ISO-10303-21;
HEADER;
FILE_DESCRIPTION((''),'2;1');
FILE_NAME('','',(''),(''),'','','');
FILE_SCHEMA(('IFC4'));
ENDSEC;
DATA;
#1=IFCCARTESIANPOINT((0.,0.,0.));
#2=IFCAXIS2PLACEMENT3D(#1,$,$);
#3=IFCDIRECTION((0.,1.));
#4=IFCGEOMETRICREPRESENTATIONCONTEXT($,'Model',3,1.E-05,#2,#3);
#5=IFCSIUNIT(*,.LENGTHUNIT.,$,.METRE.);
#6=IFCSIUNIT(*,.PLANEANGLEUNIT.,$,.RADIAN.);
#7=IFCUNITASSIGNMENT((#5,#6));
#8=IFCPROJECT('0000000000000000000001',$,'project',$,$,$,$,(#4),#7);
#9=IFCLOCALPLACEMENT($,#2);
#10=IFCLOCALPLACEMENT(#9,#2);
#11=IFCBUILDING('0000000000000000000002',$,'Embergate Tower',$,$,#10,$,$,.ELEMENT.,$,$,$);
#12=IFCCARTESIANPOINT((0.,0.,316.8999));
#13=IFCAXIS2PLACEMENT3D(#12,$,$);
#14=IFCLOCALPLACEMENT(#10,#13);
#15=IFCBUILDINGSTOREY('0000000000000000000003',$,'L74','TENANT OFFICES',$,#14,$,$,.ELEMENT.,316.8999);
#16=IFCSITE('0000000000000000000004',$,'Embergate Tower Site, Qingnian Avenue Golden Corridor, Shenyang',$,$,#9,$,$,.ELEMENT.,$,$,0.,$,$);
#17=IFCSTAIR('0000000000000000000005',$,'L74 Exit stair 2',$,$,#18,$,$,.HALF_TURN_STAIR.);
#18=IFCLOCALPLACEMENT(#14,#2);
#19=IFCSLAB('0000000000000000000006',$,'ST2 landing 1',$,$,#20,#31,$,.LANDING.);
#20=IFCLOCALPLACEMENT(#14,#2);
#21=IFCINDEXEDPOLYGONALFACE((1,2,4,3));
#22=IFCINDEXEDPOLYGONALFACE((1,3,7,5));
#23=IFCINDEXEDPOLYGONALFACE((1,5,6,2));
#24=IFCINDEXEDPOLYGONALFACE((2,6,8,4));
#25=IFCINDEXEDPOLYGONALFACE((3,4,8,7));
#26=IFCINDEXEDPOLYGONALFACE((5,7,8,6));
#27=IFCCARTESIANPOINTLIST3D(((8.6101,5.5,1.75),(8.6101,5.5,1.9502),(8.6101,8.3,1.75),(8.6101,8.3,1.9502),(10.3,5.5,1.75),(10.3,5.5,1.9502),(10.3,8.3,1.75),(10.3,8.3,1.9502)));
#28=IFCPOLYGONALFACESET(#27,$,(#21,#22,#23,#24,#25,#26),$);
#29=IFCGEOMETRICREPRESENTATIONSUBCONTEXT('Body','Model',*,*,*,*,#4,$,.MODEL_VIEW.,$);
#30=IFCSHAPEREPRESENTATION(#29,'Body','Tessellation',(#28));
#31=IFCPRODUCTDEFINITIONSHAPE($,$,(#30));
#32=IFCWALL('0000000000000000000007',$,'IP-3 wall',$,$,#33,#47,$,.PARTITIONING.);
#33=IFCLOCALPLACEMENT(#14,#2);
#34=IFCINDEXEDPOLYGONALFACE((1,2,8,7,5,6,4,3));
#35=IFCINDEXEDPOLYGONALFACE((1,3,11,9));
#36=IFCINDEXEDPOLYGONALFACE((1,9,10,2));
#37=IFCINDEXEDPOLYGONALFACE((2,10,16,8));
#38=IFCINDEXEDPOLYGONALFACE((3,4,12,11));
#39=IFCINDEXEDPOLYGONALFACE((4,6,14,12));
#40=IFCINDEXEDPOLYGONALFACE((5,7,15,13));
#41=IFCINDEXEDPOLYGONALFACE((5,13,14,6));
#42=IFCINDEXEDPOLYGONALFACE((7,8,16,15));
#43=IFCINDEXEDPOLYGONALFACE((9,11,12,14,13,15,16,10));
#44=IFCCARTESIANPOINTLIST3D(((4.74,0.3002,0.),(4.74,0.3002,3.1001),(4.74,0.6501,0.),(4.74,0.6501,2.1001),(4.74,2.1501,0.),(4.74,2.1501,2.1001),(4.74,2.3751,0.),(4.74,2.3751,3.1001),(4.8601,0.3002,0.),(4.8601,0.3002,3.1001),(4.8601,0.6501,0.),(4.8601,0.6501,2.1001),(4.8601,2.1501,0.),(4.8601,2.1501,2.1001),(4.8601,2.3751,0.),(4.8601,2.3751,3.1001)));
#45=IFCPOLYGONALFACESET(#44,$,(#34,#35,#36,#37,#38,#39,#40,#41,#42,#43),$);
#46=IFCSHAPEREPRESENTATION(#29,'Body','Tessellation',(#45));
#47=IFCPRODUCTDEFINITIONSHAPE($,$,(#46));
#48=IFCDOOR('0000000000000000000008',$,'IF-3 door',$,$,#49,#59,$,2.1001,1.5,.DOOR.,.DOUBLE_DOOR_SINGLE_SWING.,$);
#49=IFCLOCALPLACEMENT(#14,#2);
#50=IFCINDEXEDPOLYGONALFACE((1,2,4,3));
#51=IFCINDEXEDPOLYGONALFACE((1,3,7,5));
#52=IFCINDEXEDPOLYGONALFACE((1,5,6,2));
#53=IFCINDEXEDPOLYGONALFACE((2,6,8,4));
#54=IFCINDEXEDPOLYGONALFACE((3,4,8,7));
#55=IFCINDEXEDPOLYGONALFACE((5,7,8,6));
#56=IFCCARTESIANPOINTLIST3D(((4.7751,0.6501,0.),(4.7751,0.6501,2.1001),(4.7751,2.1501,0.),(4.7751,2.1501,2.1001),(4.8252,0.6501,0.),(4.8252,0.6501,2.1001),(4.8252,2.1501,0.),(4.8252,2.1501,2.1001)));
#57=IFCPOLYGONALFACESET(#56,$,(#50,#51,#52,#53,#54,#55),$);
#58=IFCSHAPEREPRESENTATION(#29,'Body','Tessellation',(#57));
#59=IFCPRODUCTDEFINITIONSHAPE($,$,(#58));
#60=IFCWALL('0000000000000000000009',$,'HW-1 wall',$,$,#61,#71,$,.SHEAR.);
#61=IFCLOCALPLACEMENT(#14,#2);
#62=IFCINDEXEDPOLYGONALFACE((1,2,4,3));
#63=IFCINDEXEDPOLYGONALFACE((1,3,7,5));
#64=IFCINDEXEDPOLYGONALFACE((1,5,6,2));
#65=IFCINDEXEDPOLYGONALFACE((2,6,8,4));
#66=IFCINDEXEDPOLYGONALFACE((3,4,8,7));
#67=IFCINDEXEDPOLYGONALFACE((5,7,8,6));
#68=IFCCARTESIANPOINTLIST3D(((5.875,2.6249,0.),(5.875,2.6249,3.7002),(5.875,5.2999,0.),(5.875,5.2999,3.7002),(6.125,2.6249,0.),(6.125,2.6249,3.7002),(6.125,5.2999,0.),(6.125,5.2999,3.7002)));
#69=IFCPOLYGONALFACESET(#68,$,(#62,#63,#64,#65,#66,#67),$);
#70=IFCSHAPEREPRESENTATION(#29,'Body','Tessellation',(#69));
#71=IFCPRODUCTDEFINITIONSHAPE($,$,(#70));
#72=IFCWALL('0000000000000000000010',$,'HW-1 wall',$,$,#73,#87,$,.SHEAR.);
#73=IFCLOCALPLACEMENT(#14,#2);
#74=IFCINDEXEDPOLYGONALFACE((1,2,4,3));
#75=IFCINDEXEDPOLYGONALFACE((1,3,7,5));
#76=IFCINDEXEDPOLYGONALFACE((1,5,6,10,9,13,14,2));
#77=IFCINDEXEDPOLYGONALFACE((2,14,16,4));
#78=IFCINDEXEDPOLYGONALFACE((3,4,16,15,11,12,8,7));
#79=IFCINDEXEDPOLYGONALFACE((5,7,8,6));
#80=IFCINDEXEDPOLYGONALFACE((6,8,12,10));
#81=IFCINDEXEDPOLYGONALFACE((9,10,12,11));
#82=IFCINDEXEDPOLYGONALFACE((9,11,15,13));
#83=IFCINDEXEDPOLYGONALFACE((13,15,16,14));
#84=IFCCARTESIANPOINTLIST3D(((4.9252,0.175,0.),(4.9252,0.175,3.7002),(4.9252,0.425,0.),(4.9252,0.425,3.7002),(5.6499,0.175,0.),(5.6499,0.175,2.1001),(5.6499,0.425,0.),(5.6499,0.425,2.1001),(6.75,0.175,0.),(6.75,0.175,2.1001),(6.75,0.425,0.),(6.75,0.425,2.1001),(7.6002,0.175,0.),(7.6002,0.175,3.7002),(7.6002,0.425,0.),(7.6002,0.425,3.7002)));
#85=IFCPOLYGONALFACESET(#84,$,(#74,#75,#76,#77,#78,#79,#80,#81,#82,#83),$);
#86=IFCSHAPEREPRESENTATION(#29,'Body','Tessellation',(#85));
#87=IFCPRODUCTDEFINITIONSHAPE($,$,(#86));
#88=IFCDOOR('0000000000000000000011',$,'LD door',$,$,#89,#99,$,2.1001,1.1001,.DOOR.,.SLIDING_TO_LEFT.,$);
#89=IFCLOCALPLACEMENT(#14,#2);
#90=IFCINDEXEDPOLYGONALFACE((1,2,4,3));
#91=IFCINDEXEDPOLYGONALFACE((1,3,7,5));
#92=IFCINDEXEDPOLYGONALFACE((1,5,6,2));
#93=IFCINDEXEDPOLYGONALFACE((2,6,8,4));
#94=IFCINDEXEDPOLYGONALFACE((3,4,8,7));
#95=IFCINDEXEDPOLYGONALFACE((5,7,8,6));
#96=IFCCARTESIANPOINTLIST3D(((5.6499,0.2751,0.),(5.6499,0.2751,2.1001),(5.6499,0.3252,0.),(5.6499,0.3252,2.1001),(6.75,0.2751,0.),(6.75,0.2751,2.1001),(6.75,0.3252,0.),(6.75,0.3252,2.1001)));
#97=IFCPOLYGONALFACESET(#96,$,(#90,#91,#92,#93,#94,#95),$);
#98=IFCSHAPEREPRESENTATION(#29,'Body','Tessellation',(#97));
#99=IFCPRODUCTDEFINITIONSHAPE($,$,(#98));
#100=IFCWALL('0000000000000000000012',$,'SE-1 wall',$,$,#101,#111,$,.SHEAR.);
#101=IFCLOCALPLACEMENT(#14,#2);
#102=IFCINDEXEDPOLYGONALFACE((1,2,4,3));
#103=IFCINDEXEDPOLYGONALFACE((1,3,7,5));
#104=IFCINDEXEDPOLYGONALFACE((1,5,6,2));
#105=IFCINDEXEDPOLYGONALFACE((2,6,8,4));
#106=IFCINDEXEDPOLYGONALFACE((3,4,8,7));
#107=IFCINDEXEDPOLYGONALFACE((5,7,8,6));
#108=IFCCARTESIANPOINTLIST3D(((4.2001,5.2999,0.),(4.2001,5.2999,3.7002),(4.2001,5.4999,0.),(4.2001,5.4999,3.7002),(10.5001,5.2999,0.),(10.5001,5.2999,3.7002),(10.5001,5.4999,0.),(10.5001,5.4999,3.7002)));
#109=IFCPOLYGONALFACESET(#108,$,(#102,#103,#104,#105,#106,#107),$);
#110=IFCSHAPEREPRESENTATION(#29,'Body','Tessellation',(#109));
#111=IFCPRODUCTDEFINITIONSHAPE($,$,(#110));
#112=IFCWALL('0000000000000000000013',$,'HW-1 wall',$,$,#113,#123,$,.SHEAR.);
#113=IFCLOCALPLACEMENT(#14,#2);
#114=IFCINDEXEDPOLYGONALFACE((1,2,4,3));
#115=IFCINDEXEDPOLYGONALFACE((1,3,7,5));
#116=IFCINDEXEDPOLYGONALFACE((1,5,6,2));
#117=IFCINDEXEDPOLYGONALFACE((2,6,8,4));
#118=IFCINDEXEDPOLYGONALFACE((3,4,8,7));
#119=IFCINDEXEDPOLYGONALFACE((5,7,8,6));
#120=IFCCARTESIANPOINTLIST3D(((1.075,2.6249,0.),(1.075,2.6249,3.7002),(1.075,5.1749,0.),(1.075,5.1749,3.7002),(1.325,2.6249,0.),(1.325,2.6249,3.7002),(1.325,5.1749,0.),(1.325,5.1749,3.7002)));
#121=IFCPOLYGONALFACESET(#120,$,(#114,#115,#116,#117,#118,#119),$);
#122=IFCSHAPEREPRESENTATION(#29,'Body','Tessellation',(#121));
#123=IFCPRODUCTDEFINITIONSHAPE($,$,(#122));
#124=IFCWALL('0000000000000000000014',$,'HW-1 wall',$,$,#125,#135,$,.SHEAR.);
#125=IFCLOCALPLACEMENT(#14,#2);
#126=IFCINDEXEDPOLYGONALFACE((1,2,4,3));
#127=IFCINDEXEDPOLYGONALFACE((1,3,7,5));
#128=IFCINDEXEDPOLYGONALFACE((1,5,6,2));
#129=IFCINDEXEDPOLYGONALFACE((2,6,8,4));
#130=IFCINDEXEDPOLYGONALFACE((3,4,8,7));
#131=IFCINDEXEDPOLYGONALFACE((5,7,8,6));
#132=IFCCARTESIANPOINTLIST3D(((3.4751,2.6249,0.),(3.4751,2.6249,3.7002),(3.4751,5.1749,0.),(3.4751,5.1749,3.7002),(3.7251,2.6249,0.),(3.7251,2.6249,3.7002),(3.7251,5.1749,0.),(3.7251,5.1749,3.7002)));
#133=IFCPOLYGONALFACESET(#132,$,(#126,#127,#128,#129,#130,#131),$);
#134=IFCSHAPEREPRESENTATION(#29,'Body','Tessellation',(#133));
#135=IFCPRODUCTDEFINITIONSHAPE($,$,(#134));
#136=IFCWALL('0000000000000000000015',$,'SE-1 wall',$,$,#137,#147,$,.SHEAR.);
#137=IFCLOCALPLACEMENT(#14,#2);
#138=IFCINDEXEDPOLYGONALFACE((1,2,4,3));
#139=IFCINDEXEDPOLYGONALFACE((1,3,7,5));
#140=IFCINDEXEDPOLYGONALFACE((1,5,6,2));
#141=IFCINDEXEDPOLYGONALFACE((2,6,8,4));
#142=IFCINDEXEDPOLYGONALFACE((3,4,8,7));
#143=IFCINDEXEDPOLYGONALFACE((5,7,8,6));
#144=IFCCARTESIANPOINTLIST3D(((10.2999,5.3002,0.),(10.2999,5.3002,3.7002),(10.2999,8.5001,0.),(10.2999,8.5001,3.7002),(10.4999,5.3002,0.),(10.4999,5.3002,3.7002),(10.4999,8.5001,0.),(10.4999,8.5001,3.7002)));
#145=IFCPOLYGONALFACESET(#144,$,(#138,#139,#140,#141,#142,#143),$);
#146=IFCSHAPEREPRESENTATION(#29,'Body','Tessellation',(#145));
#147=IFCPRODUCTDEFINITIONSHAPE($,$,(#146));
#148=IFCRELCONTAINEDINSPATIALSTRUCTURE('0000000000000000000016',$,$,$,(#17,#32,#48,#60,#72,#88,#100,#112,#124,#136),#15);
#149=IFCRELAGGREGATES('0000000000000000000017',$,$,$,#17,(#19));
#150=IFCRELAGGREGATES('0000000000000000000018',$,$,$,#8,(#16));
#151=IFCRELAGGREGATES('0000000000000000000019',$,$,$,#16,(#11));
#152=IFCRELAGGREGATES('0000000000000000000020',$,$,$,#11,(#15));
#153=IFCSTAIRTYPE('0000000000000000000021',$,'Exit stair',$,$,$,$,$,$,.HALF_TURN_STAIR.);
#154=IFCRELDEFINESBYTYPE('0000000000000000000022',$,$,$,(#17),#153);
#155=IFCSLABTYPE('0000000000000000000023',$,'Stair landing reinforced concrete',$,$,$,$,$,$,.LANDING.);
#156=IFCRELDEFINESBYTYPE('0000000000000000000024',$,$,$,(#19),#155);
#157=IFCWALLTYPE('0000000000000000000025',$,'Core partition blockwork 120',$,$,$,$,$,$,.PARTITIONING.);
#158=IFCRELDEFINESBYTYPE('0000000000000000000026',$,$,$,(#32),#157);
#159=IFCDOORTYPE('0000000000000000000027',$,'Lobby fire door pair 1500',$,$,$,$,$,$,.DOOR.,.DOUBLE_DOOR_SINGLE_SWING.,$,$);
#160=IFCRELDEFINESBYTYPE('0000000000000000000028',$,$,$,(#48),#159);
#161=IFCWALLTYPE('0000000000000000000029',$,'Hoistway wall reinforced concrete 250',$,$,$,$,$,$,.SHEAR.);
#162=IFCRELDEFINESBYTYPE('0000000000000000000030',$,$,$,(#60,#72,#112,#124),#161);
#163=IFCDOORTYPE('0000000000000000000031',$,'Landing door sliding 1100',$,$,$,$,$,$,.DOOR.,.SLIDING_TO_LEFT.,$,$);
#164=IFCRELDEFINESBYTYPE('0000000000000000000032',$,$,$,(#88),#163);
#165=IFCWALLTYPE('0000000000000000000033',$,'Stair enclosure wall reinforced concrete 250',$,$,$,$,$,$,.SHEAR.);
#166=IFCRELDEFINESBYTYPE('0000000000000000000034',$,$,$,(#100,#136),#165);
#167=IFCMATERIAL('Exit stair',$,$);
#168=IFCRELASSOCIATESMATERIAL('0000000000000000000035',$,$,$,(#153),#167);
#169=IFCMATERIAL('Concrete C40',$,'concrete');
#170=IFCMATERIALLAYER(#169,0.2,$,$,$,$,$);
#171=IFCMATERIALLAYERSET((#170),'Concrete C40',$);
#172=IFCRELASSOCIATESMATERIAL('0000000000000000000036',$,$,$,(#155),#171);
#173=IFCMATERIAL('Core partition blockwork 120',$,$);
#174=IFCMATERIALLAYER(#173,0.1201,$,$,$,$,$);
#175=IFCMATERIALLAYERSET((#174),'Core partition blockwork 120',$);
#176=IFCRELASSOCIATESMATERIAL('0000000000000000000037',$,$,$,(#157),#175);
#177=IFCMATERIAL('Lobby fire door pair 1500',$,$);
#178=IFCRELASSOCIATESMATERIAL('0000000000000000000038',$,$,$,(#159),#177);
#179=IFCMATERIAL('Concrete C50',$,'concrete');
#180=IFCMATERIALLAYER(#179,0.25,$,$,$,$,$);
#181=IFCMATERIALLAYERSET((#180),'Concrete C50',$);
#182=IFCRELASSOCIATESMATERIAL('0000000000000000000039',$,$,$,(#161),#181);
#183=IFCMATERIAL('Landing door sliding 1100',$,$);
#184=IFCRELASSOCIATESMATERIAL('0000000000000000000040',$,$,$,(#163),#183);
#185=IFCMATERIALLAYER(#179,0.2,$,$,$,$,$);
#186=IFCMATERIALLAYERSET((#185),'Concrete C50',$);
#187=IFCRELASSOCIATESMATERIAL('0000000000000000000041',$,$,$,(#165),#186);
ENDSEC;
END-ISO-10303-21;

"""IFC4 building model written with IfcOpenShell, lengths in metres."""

from ifc_helpers import new_model, si_unit, direction, frame, frame_2d, origin, place, context, subcontext, project, spatial, polyline, rectangle, outline, extrude, source, transform, mapped, material, layer, layer_set, type_object, element, fill, aggregate, save


model = new_model("IFC4")

# Units and contexts
model_context = context("Model", 3, precision=1e-05, world=origin(), true_north=direction((0.0, 1.0)))
body_context = subcontext(model_context, "Body", "Model", "MODEL_VIEW")
ifc_project = project(units=[si_unit("LENGTHUNIT", "METRE"), si_unit("PLANEANGLEUNIT", "RADIAN")], contexts=[model_context])

# Site, building, storey
site_placement = place(None, origin())
site = spatial("IfcSite", under=ifc_project, at=site_placement, Name="Embergate Tower Site, Qingnian Avenue Golden Corridor, Shenyang", CompositionType="ELEMENT", RefElevation=0.0)
building_placement = place(site_placement, origin())
building = spatial("IfcBuilding", under=site, at=building_placement, Name="Embergate Tower", CompositionType="ELEMENT")
storey_placement = place(building_placement, frame((0.0, 0.0, 316.8999)))
storey = spatial("IfcBuildingStorey", under=building, at=storey_placement, Name="L74", Description="TENANT OFFICES", CompositionType="ELEMENT", Elevation=316.8999)

# Stair, slab
ifc_material_1 = material(Name="Exit stair")
stair_type = type_object("IfcStairType", Name="Exit stair", PredefinedType="HALF_TURN_STAIR", material=ifc_material_1)
stair_placement = place(storey_placement, origin())
stair = element("IfcStair", 1, at=stair_placement, inside=storey, type_object=stair_type, Name="L74 Exit stair 2", PredefinedType="HALF_TURN_STAIR")
ifc_material_2 = material(Name="Concrete C40", Category="concrete")
ifc_layer_1 = layer(ifc_material_2, 0.2)
ifc_layer_set_1 = layer_set([ifc_layer_1], Name="Concrete C40")
slab_type = type_object("IfcSlabType", Name="Stair landing reinforced concrete", PredefinedType="LANDING", material=ifc_layer_set_1)
shared_shape_1 = source(origin(), body_context, "Body", "SweptSolid", [
    extrude(outline(polyline([(0.0, 0.0), (1.6899, 0.0), (1.6899, 2.8), (0.0, 2.8), (0.0, 0.0)])), origin(), (0.0, 0.0, 1.0), 0.2002),
])
slab_placement = place(storey_placement, frame((8.6101, 5.5, 1.75)))
slab = element("IfcSlab", 2, at=slab_placement, type_object=slab_type, Name="ST2 landing 1", PredefinedType="LANDING", context=body_context, shape_type="MappedRepresentation", body=[
    mapped(shared_shape_1, transform((0.0, 0.0, 0.0))),
])
aggregate(stair, [slab])

# Wall, opening, door
ifc_material_3 = material(Name="Core partition blockwork 120")
ifc_layer_2 = layer(ifc_material_3, 0.1201)
ifc_layer_set_2 = layer_set([ifc_layer_2], Name="Core partition blockwork 120")
wall_type_1 = type_object("IfcWallType", Name="Core partition blockwork 120", PredefinedType="PARTITIONING", material=ifc_layer_set_2)
shared_shape_2 = source(origin(), body_context, "Body", "SweptSolid", [
    extrude(rectangle(XDim=2.075, YDim=0.1201, at=frame_2d((1.0376, 0.0))), origin(), (0.0, 0.0, 1.0), 3.1001),
])
wall_1_placement = place(storey_placement, frame((4.8, 0.3, 0.0), z_axis=(0.0, 0.0, 1.0), x_axis=(0.0, 1.0, 0.0)))
wall_1 = element("IfcWall", 3, at=wall_1_placement, inside=storey, type_object=wall_type_1, Name="IP-3 wall", PredefinedType="PARTITIONING", context=body_context, shape_type="MappedRepresentation", body=[
    mapped(shared_shape_2, transform((0.0, 0.0, 0.0))),
])
shared_shape_3 = source(origin(), body_context, "Body", "SweptSolid", [
    extrude(rectangle(XDim=1.5, YDim=2.1001, at=frame_2d((0.75, 1.05))), frame((0.0, 0.0701, 0.0), z_axis=(0.0, -1.0, 0.0), x_axis=(1.0, 0.0, 0.0)), (0.0, 0.0, 1.0), 0.1401),
])
opening_1_placement = place(wall_1_placement, frame((0.3501, 0.0, 0.0)))
opening_1 = element("IfcOpeningElement", 4, at=opening_1_placement, cuts=wall_1, PredefinedType="OPENING", context=body_context, shape_type="MappedRepresentation", body=[
    mapped(shared_shape_3, transform((0.0, 0.0, 0.0))),
])
ifc_material_4 = material(Name="Lobby fire door pair 1500")
door_type_1 = type_object("IfcDoorType", Name="Lobby fire door pair 1500", OperationType="DOUBLE_DOOR_SINGLE_SWING", PredefinedType="DOOR", material=ifc_material_4)
shared_shape_4 = source(origin(), body_context, "Body", "SweptSolid", [
    extrude(rectangle(XDim=1.5, YDim=2.1001, at=frame_2d((0.75, 1.05))), frame((0.0, 0.0249, 0.0), z_axis=(0.0, -1.0, 0.0), x_axis=(1.0, 0.0, 0.0)), (0.0, 0.0, 1.0), 0.05),
])
door_1_placement = place(opening_1_placement, origin())
door_1 = element("IfcDoor", 5, at=door_1_placement, inside=storey, type_object=door_type_1, Name="IF-3 door", OperationType="DOUBLE_DOOR_SINGLE_SWING", OverallHeight=2.1001, OverallWidth=1.5, PredefinedType="DOOR", context=body_context, shape_type="MappedRepresentation", body=[
    mapped(shared_shape_4, transform((0.0, 0.0, 0.0))),
])
fill(opening_1, door_1)

# Wall
ifc_material_5 = material(Name="Concrete C50", Category="concrete")
ifc_layer_3 = layer(ifc_material_5, 0.25)
ifc_layer_set_3 = layer_set([ifc_layer_3], Name="Concrete C50")
wall_type_2 = type_object("IfcWallType", Name="Hoistway wall reinforced concrete 250", PredefinedType="SHEAR", material=ifc_layer_set_3)
shared_shape_5 = source(origin(), body_context, "Body", "SweptSolid", [
    extrude(rectangle(XDim=2.675, YDim=0.25, at=frame_2d((1.3374, 0.0))), origin(), (0.0, 0.0, 1.0), 3.7002),
])
wall_2_placement = place(storey_placement, frame((6.0, 2.625, 0.0), z_axis=(0.0, 0.0, 1.0), x_axis=(0.0, 1.0, 0.0)))
element("IfcWall", 6, at=wall_2_placement, inside=storey, type_object=wall_type_2, Name="HW-1 wall", PredefinedType="SHEAR", context=body_context, shape_type="MappedRepresentation", body=[
    mapped(shared_shape_5, transform((0.0, 0.0, 0.0))),
])

# Wall, opening, door
wall_3_placement = place(storey_placement, frame((7.6001, 0.3, 0.0), z_axis=(0.0, 0.0, 1.0), x_axis=(-1.0, 0.0, 0.0)))
wall_3 = element("IfcWall", 7, at=wall_3_placement, inside=storey, type_object=wall_type_2, Name="HW-1 wall", PredefinedType="SHEAR", context=body_context, shape_type="MappedRepresentation", body=[
    mapped(shared_shape_5, transform((0.0, 0.0, 0.0))),
])
shared_shape_6 = source(origin(), body_context, "Body", "SweptSolid", [
    extrude(rectangle(XDim=1.1001, YDim=2.1001, at=frame_2d((0.55, 1.05))), frame((0.0, 0.135, 0.0), z_axis=(0.0, -1.0, 0.0), x_axis=(1.0, 0.0, 0.0)), (0.0, 0.0, 1.0), 0.27),
])
opening_2_placement = place(wall_3_placement, frame((0.8501, 0.0, 0.0)))
opening_2 = element("IfcOpeningElement", 8, at=opening_2_placement, cuts=wall_3, PredefinedType="OPENING", context=body_context, shape_type="MappedRepresentation", body=[
    mapped(shared_shape_6, transform((0.0, 0.0, 0.0))),
])
ifc_material_6 = material(Name="Landing door sliding 1100")
door_type_2 = type_object("IfcDoorType", Name="Landing door sliding 1100", OperationType="SLIDING_TO_LEFT", PredefinedType="DOOR", material=ifc_material_6)
shared_shape_7 = source(origin(), body_context, "Body", "SweptSolid", [
    extrude(rectangle(XDim=1.1001, YDim=2.1001, at=frame_2d((0.55, 1.05))), frame((0.0, 0.0249, 0.0), z_axis=(0.0, -1.0, 0.0), x_axis=(1.0, 0.0, 0.0)), (0.0, 0.0, 1.0), 0.05),
])
door_2_placement = place(opening_2_placement, origin())
door_2 = element("IfcDoor", 9, at=door_2_placement, inside=storey, type_object=door_type_2, Name="LD door", OperationType="SLIDING_TO_LEFT", OverallHeight=2.1001, OverallWidth=1.1001, PredefinedType="DOOR", context=body_context, shape_type="MappedRepresentation", body=[
    mapped(shared_shape_7, transform((0.0, 0.0, 0.0))),
])
fill(opening_2, door_2)

# Walls
ifc_layer_4 = layer(ifc_material_5, 0.2)
ifc_layer_set_4 = layer_set([ifc_layer_4], Name="Concrete C50")
wall_type_3 = type_object("IfcWallType", Name="Stair enclosure wall reinforced concrete 250", PredefinedType="SHEAR", material=ifc_layer_set_4)
shared_shape_8 = source(origin(), body_context, "Body", "SweptSolid", [
    extrude(rectangle(XDim=6.3, YDim=0.2, at=frame_2d((3.1499, 0.0))), origin(), (0.0, 0.0, 1.0), 3.7002),
])
wall_4_placement = place(storey_placement, frame((10.5, 5.3999, 0.0), z_axis=(0.0, 0.0, 1.0), x_axis=(-1.0, 0.0, 0.0)))
element("IfcWall", 10, at=wall_4_placement, inside=storey, type_object=wall_type_3, Name="SE-1 wall", PredefinedType="SHEAR", context=body_context, shape_type="MappedRepresentation", body=[
    mapped(shared_shape_8, transform((0.0, 0.0, 0.0))),
])
shared_shape_9 = source(origin(), body_context, "Body", "SweptSolid", [
    extrude(rectangle(XDim=2.55, YDim=0.25, at=frame_2d((1.2749, 0.0))), origin(), (0.0, 0.0, 1.0), 3.7002),
])
for number, where, z_axis, x_axis, name in (
    (11, (1.2, 2.625, 0.0), (0.0, 0.0, 1.0), (0.0, 1.0, 0.0), "HW-1 wall"),
    (12, (3.6001, 2.625, 0.0), (0.0, 0.0, 1.0), (0.0, 1.0, 0.0), "HW-1 wall"),
):
    element("IfcWall", number, at=place(storey_placement, frame(where, z_axis=z_axis, x_axis=x_axis)), inside=storey, type_object=wall_type_2, Name=name, PredefinedType="SHEAR", context=body_context, shape_type="MappedRepresentation", body=[
        mapped(shared_shape_9, transform((0.0, 0.0, 0.0))),
    ])
shared_shape_10 = source(origin(), body_context, "Body", "SweptSolid", [
    extrude(rectangle(XDim=3.2, YDim=0.2, at=frame_2d((1.6001, 0.0))), origin(), (0.0, 0.0, 1.0), 3.7002),
])
wall_5_placement = place(storey_placement, frame((10.3999, 5.3, 0.0), z_axis=(0.0, 0.0, 1.0), x_axis=(0.0, 1.0, 0.0)))
element("IfcWall", 13, at=wall_5_placement, inside=storey, type_object=wall_type_3, Name="SE-1 wall", PredefinedType="SHEAR", context=body_context, shape_type="MappedRepresentation", body=[
    mapped(shared_shape_10, transform((0.0, 0.0, 0.0))),
])

save(model, "model.ifc")
